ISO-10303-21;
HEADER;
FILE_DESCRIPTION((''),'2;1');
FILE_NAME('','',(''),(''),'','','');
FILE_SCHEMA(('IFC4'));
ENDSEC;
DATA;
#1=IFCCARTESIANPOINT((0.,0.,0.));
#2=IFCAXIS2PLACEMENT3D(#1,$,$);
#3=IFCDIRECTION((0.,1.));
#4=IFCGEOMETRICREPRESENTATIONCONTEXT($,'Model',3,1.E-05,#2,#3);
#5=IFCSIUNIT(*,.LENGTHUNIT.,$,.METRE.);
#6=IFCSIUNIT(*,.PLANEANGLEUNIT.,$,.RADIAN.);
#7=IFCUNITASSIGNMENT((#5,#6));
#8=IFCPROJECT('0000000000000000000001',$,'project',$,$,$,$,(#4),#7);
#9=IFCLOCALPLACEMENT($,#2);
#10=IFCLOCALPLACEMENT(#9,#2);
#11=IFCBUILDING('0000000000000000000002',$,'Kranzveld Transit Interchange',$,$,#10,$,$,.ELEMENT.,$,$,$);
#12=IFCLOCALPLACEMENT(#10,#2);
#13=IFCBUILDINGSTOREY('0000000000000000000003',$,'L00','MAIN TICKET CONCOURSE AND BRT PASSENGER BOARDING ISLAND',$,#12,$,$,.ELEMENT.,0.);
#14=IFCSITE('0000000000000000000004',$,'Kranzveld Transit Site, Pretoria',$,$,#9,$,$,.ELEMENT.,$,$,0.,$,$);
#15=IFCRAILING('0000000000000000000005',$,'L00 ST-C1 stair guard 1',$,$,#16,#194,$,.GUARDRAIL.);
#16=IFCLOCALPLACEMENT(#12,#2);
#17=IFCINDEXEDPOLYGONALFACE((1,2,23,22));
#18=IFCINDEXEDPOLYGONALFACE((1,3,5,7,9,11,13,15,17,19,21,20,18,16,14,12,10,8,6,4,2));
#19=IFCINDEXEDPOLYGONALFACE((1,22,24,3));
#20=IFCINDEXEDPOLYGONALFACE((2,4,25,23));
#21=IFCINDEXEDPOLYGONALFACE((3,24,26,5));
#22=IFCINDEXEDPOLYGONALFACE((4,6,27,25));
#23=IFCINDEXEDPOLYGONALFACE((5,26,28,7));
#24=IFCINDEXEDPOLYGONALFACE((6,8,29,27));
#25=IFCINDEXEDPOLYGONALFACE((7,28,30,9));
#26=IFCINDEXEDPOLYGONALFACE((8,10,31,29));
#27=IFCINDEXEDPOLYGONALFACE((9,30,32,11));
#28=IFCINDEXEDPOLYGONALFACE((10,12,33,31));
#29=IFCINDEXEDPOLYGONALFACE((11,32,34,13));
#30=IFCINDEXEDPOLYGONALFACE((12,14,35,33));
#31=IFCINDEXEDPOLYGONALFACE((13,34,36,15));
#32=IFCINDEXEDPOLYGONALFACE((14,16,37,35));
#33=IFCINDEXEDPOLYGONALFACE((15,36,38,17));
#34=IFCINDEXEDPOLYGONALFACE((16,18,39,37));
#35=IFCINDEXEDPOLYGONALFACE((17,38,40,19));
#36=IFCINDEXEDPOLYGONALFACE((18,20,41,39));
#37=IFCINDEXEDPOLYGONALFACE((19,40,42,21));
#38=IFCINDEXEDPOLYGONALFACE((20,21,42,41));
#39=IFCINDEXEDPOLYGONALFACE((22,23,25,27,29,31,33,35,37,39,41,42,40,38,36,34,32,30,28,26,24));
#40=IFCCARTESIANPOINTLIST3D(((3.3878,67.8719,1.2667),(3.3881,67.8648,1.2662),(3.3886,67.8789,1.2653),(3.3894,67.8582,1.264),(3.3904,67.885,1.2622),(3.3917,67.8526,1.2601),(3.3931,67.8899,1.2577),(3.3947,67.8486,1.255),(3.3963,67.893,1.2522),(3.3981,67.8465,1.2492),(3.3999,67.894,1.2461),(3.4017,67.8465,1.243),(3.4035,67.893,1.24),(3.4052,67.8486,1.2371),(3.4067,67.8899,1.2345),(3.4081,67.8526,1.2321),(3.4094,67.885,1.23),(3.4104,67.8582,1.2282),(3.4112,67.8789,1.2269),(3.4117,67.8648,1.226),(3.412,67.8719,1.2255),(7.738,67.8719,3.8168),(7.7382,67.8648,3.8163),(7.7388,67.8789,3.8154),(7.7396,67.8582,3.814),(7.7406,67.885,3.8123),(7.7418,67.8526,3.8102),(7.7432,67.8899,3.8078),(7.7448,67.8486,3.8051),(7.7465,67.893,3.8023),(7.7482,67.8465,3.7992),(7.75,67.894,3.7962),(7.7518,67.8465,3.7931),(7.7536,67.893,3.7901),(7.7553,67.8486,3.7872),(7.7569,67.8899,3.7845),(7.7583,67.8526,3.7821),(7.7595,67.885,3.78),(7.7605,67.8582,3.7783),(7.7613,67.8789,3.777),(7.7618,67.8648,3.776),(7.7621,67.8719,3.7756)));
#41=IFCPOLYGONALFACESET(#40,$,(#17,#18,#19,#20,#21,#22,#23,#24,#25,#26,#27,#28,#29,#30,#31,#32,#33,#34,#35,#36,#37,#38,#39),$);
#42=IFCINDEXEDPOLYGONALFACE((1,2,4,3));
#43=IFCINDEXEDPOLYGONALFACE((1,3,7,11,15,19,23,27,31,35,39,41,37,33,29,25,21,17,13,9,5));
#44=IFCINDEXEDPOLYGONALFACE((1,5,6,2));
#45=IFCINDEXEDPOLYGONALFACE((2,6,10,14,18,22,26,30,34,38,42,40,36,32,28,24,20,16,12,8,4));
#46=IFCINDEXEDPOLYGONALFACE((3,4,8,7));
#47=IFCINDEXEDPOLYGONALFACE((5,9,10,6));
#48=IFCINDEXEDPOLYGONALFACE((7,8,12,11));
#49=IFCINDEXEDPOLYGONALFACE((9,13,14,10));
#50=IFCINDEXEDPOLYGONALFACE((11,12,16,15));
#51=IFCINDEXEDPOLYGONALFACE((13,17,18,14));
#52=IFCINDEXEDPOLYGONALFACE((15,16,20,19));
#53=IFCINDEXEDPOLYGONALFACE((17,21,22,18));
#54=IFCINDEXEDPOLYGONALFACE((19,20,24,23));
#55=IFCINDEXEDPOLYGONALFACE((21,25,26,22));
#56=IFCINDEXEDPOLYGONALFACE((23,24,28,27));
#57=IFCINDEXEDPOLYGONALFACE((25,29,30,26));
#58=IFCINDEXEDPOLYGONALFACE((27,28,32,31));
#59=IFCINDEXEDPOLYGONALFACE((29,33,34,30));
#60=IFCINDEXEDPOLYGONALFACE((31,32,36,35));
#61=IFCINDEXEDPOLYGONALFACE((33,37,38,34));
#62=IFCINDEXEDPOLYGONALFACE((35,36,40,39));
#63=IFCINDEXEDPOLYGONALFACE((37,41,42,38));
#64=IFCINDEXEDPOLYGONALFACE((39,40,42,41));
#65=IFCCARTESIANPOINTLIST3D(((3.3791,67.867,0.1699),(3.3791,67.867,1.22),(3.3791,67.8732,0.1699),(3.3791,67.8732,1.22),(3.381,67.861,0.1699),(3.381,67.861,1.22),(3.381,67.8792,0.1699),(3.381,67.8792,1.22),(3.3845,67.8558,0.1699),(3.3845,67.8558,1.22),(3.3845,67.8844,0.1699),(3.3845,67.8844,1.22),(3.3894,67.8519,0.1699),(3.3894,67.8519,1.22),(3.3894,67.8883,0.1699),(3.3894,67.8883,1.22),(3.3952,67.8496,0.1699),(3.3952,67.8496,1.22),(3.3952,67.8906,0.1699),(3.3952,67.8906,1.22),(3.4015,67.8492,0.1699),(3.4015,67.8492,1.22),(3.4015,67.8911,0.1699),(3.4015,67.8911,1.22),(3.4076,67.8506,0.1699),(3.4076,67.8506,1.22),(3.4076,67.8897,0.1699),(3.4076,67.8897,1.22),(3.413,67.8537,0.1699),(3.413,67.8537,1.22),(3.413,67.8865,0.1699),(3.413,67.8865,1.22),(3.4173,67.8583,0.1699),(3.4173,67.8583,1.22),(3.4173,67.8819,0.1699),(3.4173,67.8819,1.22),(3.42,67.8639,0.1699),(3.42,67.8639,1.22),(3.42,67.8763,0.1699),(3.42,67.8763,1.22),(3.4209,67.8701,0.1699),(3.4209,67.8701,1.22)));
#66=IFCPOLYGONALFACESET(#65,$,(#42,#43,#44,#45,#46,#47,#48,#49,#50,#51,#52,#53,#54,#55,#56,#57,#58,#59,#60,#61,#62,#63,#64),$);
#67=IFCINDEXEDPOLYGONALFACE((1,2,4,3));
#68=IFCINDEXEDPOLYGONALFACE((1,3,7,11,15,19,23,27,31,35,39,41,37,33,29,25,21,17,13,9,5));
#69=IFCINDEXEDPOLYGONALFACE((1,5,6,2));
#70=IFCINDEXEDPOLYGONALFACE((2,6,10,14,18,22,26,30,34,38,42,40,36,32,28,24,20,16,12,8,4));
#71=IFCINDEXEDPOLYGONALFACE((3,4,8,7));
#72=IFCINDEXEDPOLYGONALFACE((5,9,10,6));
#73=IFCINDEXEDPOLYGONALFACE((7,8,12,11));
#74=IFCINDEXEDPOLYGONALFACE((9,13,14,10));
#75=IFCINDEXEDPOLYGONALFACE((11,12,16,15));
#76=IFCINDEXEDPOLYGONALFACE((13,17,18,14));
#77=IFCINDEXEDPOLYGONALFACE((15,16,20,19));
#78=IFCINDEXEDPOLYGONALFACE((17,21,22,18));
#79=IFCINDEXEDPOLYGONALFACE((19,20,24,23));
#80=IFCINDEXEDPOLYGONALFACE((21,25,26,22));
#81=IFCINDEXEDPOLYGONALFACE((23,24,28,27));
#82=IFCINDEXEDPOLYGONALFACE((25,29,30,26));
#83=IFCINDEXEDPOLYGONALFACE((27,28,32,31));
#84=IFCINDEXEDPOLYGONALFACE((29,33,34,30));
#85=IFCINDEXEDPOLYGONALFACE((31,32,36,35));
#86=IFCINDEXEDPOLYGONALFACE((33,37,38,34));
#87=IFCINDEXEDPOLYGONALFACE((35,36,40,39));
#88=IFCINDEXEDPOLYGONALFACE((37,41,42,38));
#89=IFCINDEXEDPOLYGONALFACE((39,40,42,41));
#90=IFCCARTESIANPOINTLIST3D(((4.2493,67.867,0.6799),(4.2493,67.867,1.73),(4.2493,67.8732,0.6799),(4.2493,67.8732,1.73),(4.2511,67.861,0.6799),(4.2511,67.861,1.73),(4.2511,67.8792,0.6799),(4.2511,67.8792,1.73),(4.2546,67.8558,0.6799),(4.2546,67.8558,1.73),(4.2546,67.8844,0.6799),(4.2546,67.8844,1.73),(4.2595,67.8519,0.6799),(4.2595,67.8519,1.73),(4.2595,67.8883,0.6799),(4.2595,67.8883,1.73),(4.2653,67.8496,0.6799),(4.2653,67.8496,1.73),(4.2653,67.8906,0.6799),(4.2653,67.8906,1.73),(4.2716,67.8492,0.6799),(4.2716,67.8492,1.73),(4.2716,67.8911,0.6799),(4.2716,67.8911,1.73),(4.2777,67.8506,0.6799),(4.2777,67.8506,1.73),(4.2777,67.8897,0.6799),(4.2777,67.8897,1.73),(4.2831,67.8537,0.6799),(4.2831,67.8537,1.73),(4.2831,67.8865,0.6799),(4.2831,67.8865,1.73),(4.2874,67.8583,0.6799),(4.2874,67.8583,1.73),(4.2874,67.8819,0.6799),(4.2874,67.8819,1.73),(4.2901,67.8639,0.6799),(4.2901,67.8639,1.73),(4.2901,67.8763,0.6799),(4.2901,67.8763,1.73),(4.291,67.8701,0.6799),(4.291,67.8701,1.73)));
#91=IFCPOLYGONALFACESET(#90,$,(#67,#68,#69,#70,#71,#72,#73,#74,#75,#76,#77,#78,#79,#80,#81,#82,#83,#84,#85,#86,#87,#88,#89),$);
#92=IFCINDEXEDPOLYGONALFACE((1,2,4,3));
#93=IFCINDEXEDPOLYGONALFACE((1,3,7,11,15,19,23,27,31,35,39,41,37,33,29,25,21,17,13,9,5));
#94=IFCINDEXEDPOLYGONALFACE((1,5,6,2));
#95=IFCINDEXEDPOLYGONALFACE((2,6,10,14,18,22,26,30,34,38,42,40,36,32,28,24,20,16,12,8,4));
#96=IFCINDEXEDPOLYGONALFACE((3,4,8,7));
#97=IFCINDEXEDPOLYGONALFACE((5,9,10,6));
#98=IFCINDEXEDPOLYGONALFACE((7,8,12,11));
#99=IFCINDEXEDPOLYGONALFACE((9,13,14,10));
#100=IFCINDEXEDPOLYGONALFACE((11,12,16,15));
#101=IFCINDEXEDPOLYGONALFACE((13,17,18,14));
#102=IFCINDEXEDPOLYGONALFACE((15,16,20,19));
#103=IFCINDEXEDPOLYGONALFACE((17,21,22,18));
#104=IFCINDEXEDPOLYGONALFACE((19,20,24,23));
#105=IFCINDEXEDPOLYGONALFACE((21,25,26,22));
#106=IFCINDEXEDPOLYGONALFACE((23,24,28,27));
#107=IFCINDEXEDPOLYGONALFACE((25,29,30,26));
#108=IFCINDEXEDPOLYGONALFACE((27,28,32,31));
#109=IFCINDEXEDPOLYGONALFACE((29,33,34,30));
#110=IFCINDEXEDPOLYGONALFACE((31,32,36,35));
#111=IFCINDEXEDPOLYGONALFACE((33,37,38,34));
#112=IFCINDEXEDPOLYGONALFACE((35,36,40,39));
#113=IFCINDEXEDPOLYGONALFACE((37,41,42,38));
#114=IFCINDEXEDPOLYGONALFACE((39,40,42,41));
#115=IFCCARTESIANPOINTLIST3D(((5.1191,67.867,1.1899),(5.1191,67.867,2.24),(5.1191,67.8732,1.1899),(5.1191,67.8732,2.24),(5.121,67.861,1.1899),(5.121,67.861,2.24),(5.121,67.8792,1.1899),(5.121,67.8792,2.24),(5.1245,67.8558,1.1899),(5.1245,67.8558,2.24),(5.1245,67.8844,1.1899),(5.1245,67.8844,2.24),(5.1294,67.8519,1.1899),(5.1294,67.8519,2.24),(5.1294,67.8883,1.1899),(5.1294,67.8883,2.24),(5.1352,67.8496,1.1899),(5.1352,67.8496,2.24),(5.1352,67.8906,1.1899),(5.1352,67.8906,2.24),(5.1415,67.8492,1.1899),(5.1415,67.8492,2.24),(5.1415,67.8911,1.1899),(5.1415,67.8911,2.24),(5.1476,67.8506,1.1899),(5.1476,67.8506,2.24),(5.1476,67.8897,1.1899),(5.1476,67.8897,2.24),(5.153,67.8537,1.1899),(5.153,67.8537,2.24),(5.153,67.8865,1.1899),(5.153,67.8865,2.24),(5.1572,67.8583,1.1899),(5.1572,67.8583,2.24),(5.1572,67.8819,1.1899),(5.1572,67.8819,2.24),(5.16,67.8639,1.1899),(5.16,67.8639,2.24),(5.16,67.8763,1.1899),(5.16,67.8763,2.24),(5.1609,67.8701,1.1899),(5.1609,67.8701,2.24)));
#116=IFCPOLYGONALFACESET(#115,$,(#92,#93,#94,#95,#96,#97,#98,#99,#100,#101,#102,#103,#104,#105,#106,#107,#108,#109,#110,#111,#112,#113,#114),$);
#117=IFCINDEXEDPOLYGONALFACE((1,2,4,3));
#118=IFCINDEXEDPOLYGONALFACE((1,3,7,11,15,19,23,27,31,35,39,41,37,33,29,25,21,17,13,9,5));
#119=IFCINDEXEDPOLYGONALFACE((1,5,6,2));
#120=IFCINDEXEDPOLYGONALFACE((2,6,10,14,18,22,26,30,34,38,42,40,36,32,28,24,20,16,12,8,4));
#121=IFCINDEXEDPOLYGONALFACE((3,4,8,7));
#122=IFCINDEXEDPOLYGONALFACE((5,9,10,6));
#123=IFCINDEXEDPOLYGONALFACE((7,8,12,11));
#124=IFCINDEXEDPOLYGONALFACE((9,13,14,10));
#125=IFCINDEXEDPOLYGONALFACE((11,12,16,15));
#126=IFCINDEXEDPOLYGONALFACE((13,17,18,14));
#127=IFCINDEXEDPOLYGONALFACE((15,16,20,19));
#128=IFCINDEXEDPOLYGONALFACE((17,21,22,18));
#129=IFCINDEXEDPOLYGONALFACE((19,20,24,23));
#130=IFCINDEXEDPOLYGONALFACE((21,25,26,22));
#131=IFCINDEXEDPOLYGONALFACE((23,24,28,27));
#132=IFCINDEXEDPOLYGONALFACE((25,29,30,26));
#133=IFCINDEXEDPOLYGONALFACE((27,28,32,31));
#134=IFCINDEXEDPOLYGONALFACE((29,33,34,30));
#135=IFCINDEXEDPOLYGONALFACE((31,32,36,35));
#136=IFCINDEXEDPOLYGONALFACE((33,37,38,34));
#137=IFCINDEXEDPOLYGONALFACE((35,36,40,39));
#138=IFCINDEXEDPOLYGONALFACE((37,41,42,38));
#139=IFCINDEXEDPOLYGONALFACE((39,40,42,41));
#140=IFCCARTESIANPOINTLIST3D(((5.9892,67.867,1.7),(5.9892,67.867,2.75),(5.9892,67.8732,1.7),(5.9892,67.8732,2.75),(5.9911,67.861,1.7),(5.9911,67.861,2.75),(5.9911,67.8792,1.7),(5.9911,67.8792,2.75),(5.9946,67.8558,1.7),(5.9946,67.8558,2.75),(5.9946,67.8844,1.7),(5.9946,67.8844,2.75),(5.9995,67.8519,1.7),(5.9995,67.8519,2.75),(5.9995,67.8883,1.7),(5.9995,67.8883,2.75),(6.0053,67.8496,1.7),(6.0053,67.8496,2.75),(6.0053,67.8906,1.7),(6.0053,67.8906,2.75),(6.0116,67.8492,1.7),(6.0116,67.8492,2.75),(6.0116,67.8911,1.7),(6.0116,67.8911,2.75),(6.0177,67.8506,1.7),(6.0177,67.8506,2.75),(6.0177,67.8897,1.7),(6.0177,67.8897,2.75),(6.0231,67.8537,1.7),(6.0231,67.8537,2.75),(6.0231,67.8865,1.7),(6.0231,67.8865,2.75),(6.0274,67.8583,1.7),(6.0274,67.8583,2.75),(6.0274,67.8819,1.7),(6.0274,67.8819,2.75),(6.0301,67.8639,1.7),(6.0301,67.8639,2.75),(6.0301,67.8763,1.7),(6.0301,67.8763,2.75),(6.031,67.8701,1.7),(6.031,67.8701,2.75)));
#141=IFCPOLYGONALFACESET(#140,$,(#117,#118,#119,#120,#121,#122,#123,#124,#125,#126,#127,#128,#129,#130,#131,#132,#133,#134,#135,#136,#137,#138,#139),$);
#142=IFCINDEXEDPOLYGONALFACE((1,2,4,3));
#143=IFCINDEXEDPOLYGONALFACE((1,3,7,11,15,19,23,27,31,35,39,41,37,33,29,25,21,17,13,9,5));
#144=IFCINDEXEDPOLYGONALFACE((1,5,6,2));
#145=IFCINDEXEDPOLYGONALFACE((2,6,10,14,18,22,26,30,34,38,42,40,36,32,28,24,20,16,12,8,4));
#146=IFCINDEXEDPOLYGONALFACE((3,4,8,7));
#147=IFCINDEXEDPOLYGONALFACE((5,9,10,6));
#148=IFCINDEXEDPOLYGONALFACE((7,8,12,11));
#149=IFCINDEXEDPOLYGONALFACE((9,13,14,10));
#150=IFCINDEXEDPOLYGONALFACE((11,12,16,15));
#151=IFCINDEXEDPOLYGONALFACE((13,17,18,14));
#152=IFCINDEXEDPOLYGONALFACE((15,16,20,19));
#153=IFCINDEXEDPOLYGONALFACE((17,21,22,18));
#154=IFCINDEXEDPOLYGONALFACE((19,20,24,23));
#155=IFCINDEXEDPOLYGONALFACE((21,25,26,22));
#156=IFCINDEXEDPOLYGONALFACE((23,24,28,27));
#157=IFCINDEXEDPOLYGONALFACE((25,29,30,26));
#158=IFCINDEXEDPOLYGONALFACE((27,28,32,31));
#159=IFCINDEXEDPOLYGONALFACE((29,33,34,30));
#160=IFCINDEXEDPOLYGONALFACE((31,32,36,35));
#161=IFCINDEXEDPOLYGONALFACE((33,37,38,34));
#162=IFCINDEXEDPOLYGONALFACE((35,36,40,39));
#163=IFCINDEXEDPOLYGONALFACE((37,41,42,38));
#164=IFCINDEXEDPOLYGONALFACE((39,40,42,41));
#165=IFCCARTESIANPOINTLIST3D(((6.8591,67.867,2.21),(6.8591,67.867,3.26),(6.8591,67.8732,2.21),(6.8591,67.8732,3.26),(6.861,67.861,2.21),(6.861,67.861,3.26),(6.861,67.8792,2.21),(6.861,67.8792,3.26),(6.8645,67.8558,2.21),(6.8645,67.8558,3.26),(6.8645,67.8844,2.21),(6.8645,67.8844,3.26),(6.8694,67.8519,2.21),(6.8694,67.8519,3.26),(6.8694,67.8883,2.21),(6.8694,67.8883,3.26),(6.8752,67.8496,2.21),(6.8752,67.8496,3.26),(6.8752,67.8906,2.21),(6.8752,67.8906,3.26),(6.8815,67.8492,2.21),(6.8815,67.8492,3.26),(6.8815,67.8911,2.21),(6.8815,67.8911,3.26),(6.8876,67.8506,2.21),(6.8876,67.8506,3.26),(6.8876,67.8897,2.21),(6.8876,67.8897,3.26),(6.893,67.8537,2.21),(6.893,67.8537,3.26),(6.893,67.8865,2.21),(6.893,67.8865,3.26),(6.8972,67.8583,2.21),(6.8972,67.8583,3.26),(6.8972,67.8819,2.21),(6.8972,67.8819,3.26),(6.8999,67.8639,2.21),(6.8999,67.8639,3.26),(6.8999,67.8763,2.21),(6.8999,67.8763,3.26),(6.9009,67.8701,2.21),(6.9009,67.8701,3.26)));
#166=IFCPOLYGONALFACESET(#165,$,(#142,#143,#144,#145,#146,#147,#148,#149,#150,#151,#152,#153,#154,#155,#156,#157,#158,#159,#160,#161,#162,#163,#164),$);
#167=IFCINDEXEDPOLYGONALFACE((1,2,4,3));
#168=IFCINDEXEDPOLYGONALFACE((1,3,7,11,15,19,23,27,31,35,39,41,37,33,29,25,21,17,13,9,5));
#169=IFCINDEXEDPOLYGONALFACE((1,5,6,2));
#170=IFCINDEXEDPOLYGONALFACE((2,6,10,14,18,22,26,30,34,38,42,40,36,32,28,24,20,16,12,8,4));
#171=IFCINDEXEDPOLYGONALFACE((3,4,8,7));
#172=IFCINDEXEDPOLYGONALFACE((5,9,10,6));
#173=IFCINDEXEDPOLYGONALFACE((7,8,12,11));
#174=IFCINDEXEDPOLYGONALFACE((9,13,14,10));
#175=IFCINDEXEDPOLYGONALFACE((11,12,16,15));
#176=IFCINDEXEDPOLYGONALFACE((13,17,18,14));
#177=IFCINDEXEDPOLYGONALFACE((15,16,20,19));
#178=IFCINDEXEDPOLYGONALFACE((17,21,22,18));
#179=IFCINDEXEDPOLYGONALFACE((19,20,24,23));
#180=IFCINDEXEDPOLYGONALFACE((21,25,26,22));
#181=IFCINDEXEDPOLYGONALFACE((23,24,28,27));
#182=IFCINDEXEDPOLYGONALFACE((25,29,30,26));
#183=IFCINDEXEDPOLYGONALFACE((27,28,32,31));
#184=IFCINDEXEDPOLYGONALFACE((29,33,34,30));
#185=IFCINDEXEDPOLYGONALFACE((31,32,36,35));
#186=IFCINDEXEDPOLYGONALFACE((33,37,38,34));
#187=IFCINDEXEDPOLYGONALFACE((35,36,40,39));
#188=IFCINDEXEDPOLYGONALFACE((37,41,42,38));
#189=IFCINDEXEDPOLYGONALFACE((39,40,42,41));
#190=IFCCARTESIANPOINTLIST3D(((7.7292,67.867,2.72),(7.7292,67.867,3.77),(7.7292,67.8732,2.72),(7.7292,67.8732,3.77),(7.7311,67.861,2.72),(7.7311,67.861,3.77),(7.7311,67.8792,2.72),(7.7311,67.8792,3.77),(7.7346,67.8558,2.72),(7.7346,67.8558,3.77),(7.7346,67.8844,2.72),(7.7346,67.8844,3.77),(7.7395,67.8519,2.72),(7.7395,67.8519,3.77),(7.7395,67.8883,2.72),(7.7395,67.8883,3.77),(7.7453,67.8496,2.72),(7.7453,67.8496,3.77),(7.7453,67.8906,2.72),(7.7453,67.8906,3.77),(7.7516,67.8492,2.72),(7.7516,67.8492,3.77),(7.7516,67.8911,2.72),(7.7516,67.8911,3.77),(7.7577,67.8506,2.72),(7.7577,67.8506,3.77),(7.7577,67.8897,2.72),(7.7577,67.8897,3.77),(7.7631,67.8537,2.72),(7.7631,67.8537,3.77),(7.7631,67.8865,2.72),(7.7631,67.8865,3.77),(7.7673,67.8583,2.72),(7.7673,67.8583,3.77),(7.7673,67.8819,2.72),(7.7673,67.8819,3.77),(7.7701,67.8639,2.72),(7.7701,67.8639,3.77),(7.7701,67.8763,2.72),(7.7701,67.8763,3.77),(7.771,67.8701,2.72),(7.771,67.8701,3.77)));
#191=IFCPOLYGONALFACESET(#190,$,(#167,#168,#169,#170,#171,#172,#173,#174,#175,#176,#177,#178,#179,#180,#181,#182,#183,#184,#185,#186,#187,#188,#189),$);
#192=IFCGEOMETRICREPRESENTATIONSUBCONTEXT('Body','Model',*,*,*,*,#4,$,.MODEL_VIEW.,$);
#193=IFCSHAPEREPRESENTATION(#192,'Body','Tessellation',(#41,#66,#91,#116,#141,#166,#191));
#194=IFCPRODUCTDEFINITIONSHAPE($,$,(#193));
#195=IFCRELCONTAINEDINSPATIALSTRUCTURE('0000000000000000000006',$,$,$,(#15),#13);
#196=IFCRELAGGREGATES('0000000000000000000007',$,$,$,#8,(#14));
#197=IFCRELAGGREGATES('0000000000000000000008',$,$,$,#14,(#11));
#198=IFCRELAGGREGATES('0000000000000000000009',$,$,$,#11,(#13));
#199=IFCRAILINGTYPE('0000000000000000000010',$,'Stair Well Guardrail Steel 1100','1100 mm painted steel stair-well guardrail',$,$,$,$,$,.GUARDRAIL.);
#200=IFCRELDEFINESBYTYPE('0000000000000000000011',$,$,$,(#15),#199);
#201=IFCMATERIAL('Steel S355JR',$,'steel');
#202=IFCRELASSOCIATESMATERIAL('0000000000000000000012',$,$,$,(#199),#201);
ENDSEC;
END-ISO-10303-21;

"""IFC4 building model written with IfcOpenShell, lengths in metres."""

from ifc_helpers import new_model, si_unit, direction, frame, origin, origin_2d, place, context, subcontext, project, spatial, circle, extrude, material, type_object, element, save


model = new_model("IFC4")

# Units and contexts
model_context = context("Model", 3, precision=1e-05, world=origin(), true_north=direction((0.0, 1.0)))
body_context = subcontext(model_context, "Body", "Model", "MODEL_VIEW")
ifc_project = project(units=[si_unit("LENGTHUNIT", "METRE"), si_unit("PLANEANGLEUNIT", "RADIAN")], contexts=[model_context])

# Site, building, storey
site_placement = place(None, origin())
site = spatial("IfcSite", under=ifc_project, at=site_placement, Name="Kranzveld Transit Site, Pretoria", CompositionType="ELEMENT", RefElevation=0.0)
building_placement = place(site_placement, origin())
building = spatial("IfcBuilding", under=site, at=building_placement, Name="Kranzveld Transit Interchange", CompositionType="ELEMENT")
storey_placement = place(building_placement, origin())
storey = spatial("IfcBuildingStorey", under=building, at=storey_placement, Name="L00", Description="MAIN TICKET CONCOURSE AND BRT PASSENGER BOARDING ISLAND", CompositionType="ELEMENT", Elevation=0.0)

# Railing
ifc_material_1 = material(Name="Steel S355JR", Category="steel")
railing_type_1 = type_object("IfcRailingType", Name="Stair Well Guardrail Steel 1100", Description="1100 mm painted steel stair-well guardrail", PredefinedType="GUARDRAIL", material=ifc_material_1)
railing_1_placement = place(storey_placement, frame((3.3999, 67.8701, 0.1699)))
element("IfcRailing", 1, at=railing_1_placement, inside=storey, type_object=railing_type_1, Name="L00 ST-C1 stair guard 1", PredefinedType="GUARDRAIL", context=body_context, shape_type="SweptSolid", body=[
    extrude(circle(Radius=0.0239, at=origin_2d()), frame((0.0, 0.0, 1.0762), z_axis=(0.862699, 0.0, 0.505718), x_axis=(0.0, 1.0, 0.0)), (0.0, 0.0, 1.0), 5.0425),
    extrude(circle(Radius=0.021, at=origin_2d()), origin(), (0.0, 0.0, 1.0), 1.05),
    extrude(circle(Radius=0.021, at=origin_2d()), frame((0.8701, 0.0, 0.51)), (0.0, 0.0, 1.0), 1.05),
    extrude(circle(Radius=0.021, at=origin_2d()), frame((1.74, 0.0, 1.02)), (0.0, 0.0, 1.0), 1.05),
    extrude(circle(Radius=0.021, at=origin_2d()), frame((2.6101, 0.0, 1.53)), (0.0, 0.0, 1.0), 1.05),
    extrude(circle(Radius=0.021, at=origin_2d()), frame((3.48, 0.0, 2.04)), (0.0, 0.0, 1.0), 1.05),
    extrude(circle(Radius=0.021, at=origin_2d()), frame((4.3501, 0.0, 2.55)), (0.0, 0.0, 1.0), 1.05),
])

save(model, "model.ifc")
